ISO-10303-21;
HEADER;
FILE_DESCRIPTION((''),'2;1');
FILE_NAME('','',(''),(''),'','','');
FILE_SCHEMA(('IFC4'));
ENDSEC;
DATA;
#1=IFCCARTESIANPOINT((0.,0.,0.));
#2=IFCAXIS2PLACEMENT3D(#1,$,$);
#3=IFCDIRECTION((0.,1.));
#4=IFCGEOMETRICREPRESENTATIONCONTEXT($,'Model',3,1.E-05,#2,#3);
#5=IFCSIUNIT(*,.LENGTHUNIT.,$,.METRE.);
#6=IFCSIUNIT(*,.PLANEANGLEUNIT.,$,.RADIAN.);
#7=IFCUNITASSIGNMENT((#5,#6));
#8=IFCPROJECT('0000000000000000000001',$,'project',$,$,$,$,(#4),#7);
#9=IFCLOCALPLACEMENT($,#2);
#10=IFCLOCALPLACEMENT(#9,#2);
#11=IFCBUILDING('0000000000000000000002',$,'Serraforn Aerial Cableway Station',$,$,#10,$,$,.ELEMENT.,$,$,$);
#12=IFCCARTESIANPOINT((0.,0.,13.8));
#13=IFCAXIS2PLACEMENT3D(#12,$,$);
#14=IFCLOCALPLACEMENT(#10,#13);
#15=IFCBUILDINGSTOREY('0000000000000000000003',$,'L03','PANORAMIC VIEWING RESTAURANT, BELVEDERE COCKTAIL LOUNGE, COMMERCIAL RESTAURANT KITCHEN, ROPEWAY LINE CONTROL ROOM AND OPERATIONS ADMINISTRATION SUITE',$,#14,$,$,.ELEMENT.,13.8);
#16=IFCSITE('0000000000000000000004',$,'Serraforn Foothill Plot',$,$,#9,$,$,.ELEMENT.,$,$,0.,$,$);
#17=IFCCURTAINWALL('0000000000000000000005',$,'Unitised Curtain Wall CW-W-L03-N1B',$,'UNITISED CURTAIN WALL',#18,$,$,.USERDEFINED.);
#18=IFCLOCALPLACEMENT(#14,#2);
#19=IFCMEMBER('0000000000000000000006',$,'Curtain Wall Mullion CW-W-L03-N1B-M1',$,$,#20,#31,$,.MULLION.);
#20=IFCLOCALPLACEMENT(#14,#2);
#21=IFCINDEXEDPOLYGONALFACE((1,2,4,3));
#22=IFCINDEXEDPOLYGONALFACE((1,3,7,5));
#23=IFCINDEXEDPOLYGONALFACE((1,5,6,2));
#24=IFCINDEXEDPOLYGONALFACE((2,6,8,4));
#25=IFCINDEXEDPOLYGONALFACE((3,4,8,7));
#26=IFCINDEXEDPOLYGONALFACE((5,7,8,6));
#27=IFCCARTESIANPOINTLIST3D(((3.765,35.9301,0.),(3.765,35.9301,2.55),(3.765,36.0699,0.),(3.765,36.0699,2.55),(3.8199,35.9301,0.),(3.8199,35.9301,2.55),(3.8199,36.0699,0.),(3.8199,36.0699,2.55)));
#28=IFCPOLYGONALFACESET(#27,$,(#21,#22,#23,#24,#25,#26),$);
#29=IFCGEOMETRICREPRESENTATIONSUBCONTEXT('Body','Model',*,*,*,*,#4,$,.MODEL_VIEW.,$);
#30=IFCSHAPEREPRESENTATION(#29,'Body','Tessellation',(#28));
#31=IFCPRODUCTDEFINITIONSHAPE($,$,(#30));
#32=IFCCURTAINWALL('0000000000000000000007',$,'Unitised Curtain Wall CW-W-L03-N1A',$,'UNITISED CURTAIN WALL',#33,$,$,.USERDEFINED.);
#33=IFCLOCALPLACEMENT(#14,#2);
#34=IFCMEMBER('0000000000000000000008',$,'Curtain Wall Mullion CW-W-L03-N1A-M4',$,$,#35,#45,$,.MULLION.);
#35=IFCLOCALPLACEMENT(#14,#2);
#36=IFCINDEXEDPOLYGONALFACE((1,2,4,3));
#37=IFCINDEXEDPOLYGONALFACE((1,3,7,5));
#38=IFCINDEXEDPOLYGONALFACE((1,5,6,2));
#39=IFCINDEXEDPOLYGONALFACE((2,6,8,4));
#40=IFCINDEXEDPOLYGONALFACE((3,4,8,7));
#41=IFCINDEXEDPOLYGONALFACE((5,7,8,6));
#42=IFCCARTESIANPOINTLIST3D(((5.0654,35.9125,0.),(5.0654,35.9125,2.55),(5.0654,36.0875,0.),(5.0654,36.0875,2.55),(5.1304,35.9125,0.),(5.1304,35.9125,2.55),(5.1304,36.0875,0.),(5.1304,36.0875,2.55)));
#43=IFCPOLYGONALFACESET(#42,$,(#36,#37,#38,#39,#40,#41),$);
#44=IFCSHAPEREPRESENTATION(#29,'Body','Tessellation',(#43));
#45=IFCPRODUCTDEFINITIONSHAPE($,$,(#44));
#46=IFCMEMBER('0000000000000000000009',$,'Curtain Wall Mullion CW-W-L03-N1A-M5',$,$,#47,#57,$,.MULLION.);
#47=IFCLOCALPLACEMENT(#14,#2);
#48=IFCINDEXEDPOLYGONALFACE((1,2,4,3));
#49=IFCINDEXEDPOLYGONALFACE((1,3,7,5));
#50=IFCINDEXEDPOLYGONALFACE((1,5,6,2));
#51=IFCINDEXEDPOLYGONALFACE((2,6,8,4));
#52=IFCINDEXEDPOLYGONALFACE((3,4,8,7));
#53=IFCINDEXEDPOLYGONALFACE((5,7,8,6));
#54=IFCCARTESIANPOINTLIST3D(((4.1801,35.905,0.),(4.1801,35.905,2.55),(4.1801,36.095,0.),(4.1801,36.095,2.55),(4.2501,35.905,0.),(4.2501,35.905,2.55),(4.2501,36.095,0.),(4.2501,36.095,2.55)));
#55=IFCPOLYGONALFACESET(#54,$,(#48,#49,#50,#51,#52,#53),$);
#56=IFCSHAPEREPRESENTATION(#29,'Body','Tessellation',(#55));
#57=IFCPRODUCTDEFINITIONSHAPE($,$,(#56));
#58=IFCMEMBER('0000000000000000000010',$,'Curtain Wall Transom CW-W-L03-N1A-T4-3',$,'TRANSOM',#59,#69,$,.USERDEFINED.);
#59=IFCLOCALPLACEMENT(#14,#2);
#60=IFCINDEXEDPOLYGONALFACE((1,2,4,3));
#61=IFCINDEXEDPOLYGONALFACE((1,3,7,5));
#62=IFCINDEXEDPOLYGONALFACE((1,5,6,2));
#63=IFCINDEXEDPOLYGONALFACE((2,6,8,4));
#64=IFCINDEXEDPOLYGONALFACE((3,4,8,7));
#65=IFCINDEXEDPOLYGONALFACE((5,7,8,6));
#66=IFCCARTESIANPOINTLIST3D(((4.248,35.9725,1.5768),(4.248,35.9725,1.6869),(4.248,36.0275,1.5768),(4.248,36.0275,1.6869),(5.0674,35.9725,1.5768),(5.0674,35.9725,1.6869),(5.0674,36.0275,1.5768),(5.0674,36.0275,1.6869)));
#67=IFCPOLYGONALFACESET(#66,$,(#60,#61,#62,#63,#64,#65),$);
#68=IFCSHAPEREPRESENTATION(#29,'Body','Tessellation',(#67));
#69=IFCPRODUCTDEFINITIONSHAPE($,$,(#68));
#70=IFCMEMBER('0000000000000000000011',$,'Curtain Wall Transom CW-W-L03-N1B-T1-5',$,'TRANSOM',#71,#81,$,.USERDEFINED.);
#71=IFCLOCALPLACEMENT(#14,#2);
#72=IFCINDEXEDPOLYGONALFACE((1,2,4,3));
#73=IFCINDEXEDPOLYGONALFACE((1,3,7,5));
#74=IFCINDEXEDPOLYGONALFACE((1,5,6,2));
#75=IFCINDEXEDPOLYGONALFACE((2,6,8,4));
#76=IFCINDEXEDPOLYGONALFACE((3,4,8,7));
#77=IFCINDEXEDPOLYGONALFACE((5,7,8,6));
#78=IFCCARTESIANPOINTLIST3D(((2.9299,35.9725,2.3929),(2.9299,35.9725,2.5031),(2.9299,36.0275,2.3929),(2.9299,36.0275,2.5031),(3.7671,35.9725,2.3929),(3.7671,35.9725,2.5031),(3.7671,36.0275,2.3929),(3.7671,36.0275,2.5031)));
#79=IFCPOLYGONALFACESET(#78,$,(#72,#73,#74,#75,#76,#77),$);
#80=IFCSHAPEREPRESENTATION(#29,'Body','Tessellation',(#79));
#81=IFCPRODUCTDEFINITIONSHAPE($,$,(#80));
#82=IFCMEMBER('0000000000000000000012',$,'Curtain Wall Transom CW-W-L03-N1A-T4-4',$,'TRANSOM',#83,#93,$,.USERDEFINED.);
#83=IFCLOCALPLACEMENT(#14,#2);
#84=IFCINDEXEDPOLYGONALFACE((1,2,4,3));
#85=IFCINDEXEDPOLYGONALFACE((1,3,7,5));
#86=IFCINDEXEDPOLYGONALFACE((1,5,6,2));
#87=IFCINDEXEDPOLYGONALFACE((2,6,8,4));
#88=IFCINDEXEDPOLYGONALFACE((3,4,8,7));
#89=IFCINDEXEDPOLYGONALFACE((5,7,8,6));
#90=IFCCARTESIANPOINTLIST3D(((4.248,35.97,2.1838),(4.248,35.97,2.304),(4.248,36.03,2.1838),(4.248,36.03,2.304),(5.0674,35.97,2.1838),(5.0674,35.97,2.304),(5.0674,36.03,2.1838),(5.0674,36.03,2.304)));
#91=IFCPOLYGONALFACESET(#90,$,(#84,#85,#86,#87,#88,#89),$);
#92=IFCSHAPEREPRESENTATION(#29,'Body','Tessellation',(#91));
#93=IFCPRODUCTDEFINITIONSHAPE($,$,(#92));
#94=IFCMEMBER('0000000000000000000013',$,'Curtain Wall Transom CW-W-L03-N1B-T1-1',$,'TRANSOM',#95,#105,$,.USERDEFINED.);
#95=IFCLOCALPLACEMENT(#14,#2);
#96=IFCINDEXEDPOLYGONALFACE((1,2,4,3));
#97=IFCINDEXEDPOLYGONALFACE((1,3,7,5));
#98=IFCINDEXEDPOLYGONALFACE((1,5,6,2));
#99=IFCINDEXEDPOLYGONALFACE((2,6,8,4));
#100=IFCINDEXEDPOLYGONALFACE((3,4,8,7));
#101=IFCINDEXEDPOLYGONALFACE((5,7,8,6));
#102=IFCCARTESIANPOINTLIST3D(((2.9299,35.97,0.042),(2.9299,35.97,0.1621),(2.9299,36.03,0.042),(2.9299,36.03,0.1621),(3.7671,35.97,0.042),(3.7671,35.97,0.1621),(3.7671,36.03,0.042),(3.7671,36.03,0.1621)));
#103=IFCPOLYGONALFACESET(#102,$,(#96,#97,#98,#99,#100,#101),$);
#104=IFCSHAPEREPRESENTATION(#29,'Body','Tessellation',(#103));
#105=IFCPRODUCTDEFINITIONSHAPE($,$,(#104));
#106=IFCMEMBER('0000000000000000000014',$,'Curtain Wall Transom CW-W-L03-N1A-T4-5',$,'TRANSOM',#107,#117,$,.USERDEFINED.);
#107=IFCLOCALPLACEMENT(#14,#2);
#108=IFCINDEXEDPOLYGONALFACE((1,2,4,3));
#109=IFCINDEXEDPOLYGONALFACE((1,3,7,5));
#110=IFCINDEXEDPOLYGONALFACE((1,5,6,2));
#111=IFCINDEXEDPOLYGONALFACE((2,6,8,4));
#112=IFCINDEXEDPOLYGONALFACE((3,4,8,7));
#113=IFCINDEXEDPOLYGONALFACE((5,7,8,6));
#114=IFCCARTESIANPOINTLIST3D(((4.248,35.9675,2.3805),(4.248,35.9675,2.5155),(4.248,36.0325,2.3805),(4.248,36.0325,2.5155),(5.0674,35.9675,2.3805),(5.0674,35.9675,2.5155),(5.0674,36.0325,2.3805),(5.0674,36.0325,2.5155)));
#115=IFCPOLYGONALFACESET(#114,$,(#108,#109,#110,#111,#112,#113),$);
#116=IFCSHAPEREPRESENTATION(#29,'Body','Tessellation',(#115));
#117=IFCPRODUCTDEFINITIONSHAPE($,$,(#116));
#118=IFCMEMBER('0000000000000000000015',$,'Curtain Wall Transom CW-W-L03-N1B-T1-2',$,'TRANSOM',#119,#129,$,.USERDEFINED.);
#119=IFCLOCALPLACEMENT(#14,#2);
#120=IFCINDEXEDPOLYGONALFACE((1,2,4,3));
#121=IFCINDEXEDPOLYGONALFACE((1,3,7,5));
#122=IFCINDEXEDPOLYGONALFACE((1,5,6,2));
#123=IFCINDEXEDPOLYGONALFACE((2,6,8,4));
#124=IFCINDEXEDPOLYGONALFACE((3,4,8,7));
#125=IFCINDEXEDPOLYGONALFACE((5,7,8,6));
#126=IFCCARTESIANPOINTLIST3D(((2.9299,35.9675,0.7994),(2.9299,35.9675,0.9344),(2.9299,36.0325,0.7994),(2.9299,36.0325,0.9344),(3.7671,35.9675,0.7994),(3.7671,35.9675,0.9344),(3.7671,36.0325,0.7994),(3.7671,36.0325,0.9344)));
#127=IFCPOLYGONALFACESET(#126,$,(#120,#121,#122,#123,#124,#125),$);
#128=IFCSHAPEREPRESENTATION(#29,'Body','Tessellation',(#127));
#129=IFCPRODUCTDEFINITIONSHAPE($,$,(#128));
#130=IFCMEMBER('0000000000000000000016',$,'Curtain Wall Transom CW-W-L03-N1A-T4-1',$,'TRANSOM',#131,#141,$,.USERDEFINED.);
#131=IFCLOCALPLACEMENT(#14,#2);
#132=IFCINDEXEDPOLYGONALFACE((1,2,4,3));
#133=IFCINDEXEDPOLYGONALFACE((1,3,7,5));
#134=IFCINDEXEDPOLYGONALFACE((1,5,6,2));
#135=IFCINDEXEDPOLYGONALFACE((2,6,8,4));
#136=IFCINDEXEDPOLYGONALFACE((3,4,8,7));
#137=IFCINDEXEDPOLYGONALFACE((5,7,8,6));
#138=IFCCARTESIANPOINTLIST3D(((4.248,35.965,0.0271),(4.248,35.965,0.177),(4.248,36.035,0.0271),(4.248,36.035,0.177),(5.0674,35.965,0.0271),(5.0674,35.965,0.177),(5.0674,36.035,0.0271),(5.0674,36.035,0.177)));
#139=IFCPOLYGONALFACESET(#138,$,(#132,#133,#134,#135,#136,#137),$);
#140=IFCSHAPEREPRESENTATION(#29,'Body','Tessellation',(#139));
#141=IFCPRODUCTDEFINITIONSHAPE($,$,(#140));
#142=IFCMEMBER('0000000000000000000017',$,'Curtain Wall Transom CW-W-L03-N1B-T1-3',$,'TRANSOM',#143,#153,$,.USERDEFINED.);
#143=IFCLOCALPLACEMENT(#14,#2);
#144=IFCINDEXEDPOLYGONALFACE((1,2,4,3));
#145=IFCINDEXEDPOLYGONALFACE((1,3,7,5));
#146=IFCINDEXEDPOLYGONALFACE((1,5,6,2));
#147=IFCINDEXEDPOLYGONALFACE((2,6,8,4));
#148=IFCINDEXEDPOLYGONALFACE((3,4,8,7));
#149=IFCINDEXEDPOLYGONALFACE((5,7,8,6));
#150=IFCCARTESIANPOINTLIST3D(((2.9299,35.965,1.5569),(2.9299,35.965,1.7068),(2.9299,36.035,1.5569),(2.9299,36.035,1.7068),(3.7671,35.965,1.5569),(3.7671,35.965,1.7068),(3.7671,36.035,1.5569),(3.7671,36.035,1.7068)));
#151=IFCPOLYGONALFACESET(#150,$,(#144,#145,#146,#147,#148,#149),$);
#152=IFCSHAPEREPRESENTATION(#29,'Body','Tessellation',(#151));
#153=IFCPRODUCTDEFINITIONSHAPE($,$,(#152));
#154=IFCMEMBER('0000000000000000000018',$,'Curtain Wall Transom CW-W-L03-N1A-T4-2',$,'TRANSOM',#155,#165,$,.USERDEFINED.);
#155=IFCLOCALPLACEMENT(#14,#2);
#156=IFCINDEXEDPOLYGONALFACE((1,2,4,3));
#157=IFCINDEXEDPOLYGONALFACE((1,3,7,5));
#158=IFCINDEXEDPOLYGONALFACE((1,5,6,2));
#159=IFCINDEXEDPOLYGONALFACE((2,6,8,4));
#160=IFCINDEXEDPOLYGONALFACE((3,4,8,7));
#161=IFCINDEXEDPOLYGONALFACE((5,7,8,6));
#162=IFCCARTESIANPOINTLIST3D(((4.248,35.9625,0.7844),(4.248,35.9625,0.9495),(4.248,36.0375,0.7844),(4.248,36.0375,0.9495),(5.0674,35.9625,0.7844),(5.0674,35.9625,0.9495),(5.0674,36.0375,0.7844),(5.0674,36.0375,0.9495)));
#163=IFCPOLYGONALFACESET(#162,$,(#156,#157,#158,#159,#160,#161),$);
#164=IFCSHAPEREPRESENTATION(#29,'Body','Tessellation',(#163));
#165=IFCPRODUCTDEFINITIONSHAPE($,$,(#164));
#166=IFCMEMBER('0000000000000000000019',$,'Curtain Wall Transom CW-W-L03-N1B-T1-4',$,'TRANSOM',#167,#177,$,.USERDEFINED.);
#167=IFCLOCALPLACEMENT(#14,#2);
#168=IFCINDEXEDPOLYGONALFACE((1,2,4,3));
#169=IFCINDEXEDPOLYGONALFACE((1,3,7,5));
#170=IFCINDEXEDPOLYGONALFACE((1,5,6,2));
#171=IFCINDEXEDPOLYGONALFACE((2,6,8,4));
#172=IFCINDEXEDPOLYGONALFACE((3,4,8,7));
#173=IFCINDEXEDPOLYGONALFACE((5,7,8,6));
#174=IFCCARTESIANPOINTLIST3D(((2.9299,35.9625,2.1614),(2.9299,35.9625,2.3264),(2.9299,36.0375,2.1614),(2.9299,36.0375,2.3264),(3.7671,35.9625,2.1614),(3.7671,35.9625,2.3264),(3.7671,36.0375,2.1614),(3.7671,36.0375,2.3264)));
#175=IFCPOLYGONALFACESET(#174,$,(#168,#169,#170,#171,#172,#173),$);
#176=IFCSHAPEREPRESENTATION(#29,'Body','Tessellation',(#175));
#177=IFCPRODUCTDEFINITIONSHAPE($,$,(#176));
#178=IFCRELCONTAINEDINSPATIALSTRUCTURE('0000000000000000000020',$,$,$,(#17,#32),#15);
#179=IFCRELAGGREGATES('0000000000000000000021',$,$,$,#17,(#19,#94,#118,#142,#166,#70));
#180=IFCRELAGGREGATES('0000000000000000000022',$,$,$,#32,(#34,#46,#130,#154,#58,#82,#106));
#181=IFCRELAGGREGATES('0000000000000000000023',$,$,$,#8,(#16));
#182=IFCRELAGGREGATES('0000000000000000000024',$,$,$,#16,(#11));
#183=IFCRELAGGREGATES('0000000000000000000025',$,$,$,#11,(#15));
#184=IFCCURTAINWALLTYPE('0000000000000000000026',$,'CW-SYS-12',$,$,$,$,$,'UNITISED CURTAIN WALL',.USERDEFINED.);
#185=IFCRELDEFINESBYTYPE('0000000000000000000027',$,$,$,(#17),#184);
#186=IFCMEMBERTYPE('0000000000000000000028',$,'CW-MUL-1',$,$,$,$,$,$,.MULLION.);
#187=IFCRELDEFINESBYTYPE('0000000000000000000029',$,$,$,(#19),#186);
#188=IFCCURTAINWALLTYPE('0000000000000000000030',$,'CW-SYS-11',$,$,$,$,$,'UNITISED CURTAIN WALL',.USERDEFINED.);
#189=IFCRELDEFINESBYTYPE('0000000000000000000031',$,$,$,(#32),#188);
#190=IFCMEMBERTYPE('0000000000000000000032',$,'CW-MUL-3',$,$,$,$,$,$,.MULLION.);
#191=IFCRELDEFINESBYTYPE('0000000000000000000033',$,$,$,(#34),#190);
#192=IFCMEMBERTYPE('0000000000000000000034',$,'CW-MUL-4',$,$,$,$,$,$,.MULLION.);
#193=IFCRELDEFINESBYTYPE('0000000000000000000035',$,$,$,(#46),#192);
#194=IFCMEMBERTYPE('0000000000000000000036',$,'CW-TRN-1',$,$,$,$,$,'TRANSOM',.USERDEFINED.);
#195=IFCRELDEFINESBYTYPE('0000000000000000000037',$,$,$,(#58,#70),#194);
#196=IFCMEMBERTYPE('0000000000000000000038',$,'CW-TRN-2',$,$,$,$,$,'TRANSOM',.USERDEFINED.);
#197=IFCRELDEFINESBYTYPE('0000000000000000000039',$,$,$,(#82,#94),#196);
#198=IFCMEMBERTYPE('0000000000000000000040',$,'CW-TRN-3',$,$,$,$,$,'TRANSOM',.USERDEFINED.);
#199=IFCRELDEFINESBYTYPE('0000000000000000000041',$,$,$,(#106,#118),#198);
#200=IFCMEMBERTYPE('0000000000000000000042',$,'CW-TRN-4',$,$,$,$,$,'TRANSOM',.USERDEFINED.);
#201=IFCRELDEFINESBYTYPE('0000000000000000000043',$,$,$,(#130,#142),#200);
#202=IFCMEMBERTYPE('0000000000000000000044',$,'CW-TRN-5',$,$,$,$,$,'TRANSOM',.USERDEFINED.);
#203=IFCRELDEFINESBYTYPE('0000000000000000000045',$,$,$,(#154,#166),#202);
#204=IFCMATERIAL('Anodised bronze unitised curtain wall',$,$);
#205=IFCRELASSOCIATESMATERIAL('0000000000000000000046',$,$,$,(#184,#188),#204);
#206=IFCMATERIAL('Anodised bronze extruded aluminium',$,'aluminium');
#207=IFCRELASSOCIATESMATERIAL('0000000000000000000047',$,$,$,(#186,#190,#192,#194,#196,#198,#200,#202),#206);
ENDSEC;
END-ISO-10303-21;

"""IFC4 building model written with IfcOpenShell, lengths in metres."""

from ifc_helpers import new_model, si_unit, direction, frame, origin, origin_2d, place, context, subcontext, project, spatial, rectangle, extrude, material, material_profile, profile_set, type_object, element, aggregate, save


model = new_model("IFC4")

# Units and contexts
model_context = context("Model", 3, precision=1e-05, world=origin(), true_north=direction((0.0, 1.0)))
body_context = subcontext(model_context, "Body", "Model", "MODEL_VIEW")
ifc_project = project(units=[si_unit("LENGTHUNIT", "METRE"), si_unit("PLANEANGLEUNIT", "RADIAN")], contexts=[model_context])

# Site, building, storey
site_placement = place(None, origin())
site = spatial("IfcSite", under=ifc_project, at=site_placement, Name="Serraforn Foothill Plot", CompositionType="ELEMENT", RefElevation=0.0)
building_placement = place(site_placement, origin())
building = spatial("IfcBuilding", under=site, at=building_placement, Name="Serraforn Aerial Cableway Station", CompositionType="ELEMENT")
storey_placement = place(building_placement, frame((0.0, 0.0, 13.8)))
storey = spatial("IfcBuildingStorey", under=building, at=storey_placement, Name="L03", Description="PANORAMIC VIEWING RESTAURANT, BELVEDERE COCKTAIL LOUNGE, COMMERCIAL RESTAURANT KITCHEN, ROPEWAY LINE CONTROL ROOM AND OPERATIONS ADMINISTRATION SUITE", CompositionType="ELEMENT", Elevation=13.8)

# Curtain wall, member
ifc_material_1 = material(Name="Anodised bronze unitised curtain wall")
curtain_wall_type_1 = type_object("IfcCurtainWallType", Name="CW-SYS-12", ElementType="UNITISED CURTAIN WALL", PredefinedType="USERDEFINED", material=ifc_material_1)
curtain_wall_1_placement = place(storey_placement, origin())
curtain_wall_1 = element("IfcCurtainWall", 1, at=curtain_wall_1_placement, inside=storey, type_object=curtain_wall_type_1, Name="Unitised Curtain Wall CW-W-L03-N1B", ObjectType="UNITISED CURTAIN WALL", PredefinedType="USERDEFINED")
ifc_material_2 = material(Name="Anodised bronze extruded aluminium", Category="aluminium")
ifc_material_profile_1 = material_profile(ifc_material_2, rectangle(XDim=0.0549, YDim=0.1399, at=origin_2d()), Name="CW MULLION 55x140")
ifc_profile_set_1 = profile_set([ifc_material_profile_1], Name="Anodised bronze extruded aluminium")
member_type_1 = type_object("IfcMemberType", Name="CW-MUL-1", PredefinedType="MULLION", material=ifc_profile_set_1)
member_1_placement = place(storey_placement, frame((3.7925, 36.0, 0.0), z_axis=(0.0, 0.0, 1.0), x_axis=(-1.0, 0.0, 0.0)))
member_1 = element("IfcMember", 2, at=member_1_placement, type_object=member_type_1, Name="Curtain Wall Mullion CW-W-L03-N1B-M1", PredefinedType="MULLION", context=body_context, shape_type="SweptSolid", body=[
    extrude(rectangle(XDim=0.0549, YDim=0.1399, at=origin_2d()), origin(), (0.0, 0.0, 1.0), 2.55),
])

# Curtain wall, members
curtain_wall_type_2 = type_object("IfcCurtainWallType", Name="CW-SYS-11", ElementType="UNITISED CURTAIN WALL", PredefinedType="USERDEFINED", material=ifc_material_1)
curtain_wall_2_placement = place(storey_placement, origin())
curtain_wall_2 = element("IfcCurtainWall", 3, at=curtain_wall_2_placement, inside=storey, type_object=curtain_wall_type_2, Name="Unitised Curtain Wall CW-W-L03-N1A", ObjectType="UNITISED CURTAIN WALL", PredefinedType="USERDEFINED")
ifc_material_profile_2 = material_profile(ifc_material_2, rectangle(XDim=0.0649, YDim=0.175, at=origin_2d()), Name="CW MULLION 65x175")
ifc_profile_set_2 = profile_set([ifc_material_profile_2], Name="Anodised bronze extruded aluminium")
member_type_2 = type_object("IfcMemberType", Name="CW-MUL-3", PredefinedType="MULLION", material=ifc_profile_set_2)
member_2_placement = place(storey_placement, frame((5.0979, 36.0, 0.0), z_axis=(0.0, 0.0, 1.0), x_axis=(-1.0, 0.0, 0.0)))
member_2 = element("IfcMember", 4, at=member_2_placement, type_object=member_type_2, Name="Curtain Wall Mullion CW-W-L03-N1A-M4", PredefinedType="MULLION", context=body_context, shape_type="SweptSolid", body=[
    extrude(rectangle(XDim=0.0649, YDim=0.175, at=origin_2d()), origin(), (0.0, 0.0, 1.0), 2.55),
])
ifc_material_profile_3 = material_profile(ifc_material_2, rectangle(XDim=0.0701, YDim=0.1899, at=origin_2d()), Name="CW MULLION 70x190")
ifc_profile_set_3 = profile_set([ifc_material_profile_3], Name="Anodised bronze extruded aluminium")
member_type_3 = type_object("IfcMemberType", Name="CW-MUL-4", PredefinedType="MULLION", material=ifc_profile_set_3)
member_3_placement = place(storey_placement, frame((4.2151, 36.0, 0.0), z_axis=(0.0, 0.0, 1.0), x_axis=(-1.0, 0.0, 0.0)))
member_3 = element("IfcMember", 5, at=member_3_placement, type_object=member_type_3, Name="Curtain Wall Mullion CW-W-L03-N1A-M5", PredefinedType="MULLION", context=body_context, shape_type="SweptSolid", body=[
    extrude(rectangle(XDim=0.0701, YDim=0.1899, at=origin_2d()), origin(), (0.0, 0.0, 1.0), 2.55),
])
ifc_material_profile_4 = material_profile(ifc_material_2, rectangle(XDim=0.0549, YDim=0.1101, at=origin_2d()), Name="CW TRANSOM 55x110")
ifc_profile_set_4 = profile_set([ifc_material_profile_4], Name="Anodised bronze extruded aluminium")
member_type_4 = type_object("IfcMemberType", Name="CW-TRN-1", ElementType="TRANSOM", PredefinedType="USERDEFINED", material=ifc_profile_set_4)
member_4_placement = place(storey_placement, frame((5.0674, 36.0, 1.6318), z_axis=(-1.0, 0.0, 0.0), x_axis=(0.0, -1.0, 0.0)))
member_4 = element("IfcMember", 6, at=member_4_placement, type_object=member_type_4, Name="Curtain Wall Transom CW-W-L03-N1A-T4-3", ObjectType="TRANSOM", PredefinedType="USERDEFINED", context=body_context, shape_type="SweptSolid", body=[
    extrude(rectangle(XDim=0.0549, YDim=0.1101, at=origin_2d()), origin(), (0.0, 0.0, 1.0), 0.8193),
])

# Members
member_5_placement = place(storey_placement, frame((3.7671, 36.0, 2.448), z_axis=(-1.0, 0.0, 0.0), x_axis=(0.0, -1.0, 0.0)))
member_5 = element("IfcMember", 7, at=member_5_placement, type_object=member_type_4, Name="Curtain Wall Transom CW-W-L03-N1B-T1-5", ObjectType="TRANSOM", PredefinedType="USERDEFINED", context=body_context, shape_type="SweptSolid", body=[
    extrude(rectangle(XDim=0.0549, YDim=0.1101, at=origin_2d()), origin(), (0.0, 0.0, 1.0), 0.8372),
])
ifc_material_profile_5 = material_profile(ifc_material_2, rectangle(XDim=0.0601, YDim=0.1201, at=origin_2d()), Name="CW TRANSOM 60x120")
ifc_profile_set_5 = profile_set([ifc_material_profile_5], Name="Anodised bronze extruded aluminium")
member_type_5 = type_object("IfcMemberType", Name="CW-TRN-2", ElementType="TRANSOM", PredefinedType="USERDEFINED", material=ifc_profile_set_5)
member_6_placement = place(storey_placement, frame((5.0674, 36.0, 2.2439), z_axis=(-1.0, 0.0, 0.0), x_axis=(0.0, -1.0, 0.0)))
member_6 = element("IfcMember", 8, at=member_6_placement, type_object=member_type_5, Name="Curtain Wall Transom CW-W-L03-N1A-T4-4", ObjectType="TRANSOM", PredefinedType="USERDEFINED", context=body_context, shape_type="SweptSolid", body=[
    extrude(rectangle(XDim=0.0601, YDim=0.1201, at=origin_2d()), origin(), (0.0, 0.0, 1.0), 0.8193),
])
member_7_placement = place(storey_placement, frame((3.7671, 36.0, 0.1021), z_axis=(-1.0, 0.0, 0.0), x_axis=(0.0, -1.0, 0.0)))
member_7 = element("IfcMember", 9, at=member_7_placement, type_object=member_type_5, Name="Curtain Wall Transom CW-W-L03-N1B-T1-1", ObjectType="TRANSOM", PredefinedType="USERDEFINED", context=body_context, shape_type="SweptSolid", body=[
    extrude(rectangle(XDim=0.0601, YDim=0.1201, at=origin_2d()), origin(), (0.0, 0.0, 1.0), 0.8372),
])
ifc_material_profile_6 = material_profile(ifc_material_2, rectangle(XDim=0.0649, YDim=0.135, at=origin_2d()), Name="CW TRANSOM 65x135")
ifc_profile_set_6 = profile_set([ifc_material_profile_6], Name="Anodised bronze extruded aluminium")
member_type_6 = type_object("IfcMemberType", Name="CW-TRN-3", ElementType="TRANSOM", PredefinedType="USERDEFINED", material=ifc_profile_set_6)
member_8_placement = place(storey_placement, frame((5.0674, 36.0, 2.448), z_axis=(-1.0, 0.0, 0.0), x_axis=(0.0, -1.0, 0.0)))
member_8 = element("IfcMember", 10, at=member_8_placement, type_object=member_type_6, Name="Curtain Wall Transom CW-W-L03-N1A-T4-5", ObjectType="TRANSOM", PredefinedType="USERDEFINED", context=body_context, shape_type="SweptSolid", body=[
    extrude(rectangle(XDim=0.0649, YDim=0.135, at=origin_2d()), origin(), (0.0, 0.0, 1.0), 0.8193),
])
member_9_placement = place(storey_placement, frame((3.7671, 36.0, 0.8669), z_axis=(-1.0, 0.0, 0.0), x_axis=(0.0, -1.0, 0.0)))
member_9 = element("IfcMember", 11, at=member_9_placement, type_object=member_type_6, Name="Curtain Wall Transom CW-W-L03-N1B-T1-2", ObjectType="TRANSOM", PredefinedType="USERDEFINED", context=body_context, shape_type="SweptSolid", body=[
    extrude(rectangle(XDim=0.0649, YDim=0.135, at=origin_2d()), origin(), (0.0, 0.0, 1.0), 0.8372),
])
ifc_material_profile_7 = material_profile(ifc_material_2, rectangle(XDim=0.0701, YDim=0.1499, at=origin_2d()), Name="CW TRANSOM 70x150")
ifc_profile_set_7 = profile_set([ifc_material_profile_7], Name="Anodised bronze extruded aluminium")
member_type_7 = type_object("IfcMemberType", Name="CW-TRN-4", ElementType="TRANSOM", PredefinedType="USERDEFINED", material=ifc_profile_set_7)
member_10_placement = place(storey_placement, frame((5.0674, 36.0, 0.1021), z_axis=(-1.0, 0.0, 0.0), x_axis=(0.0, -1.0, 0.0)))
member_10 = element("IfcMember", 12, at=member_10_placement, type_object=member_type_7, Name="Curtain Wall Transom CW-W-L03-N1A-T4-1", ObjectType="TRANSOM", PredefinedType="USERDEFINED", context=body_context, shape_type="SweptSolid", body=[
    extrude(rectangle(XDim=0.0701, YDim=0.1499, at=origin_2d()), origin(), (0.0, 0.0, 1.0), 0.8193),
])
member_11_placement = place(storey_placement, frame((3.7671, 36.0, 1.6318), z_axis=(-1.0, 0.0, 0.0), x_axis=(0.0, -1.0, 0.0)))
member_11 = element("IfcMember", 13, at=member_11_placement, type_object=member_type_7, Name="Curtain Wall Transom CW-W-L03-N1B-T1-3", ObjectType="TRANSOM", PredefinedType="USERDEFINED", context=body_context, shape_type="SweptSolid", body=[
    extrude(rectangle(XDim=0.0701, YDim=0.1499, at=origin_2d()), origin(), (0.0, 0.0, 1.0), 0.8372),
])
ifc_material_profile_8 = material_profile(ifc_material_2, rectangle(XDim=0.075, YDim=0.165, at=origin_2d()), Name="CW TRANSOM 75x165")
ifc_profile_set_8 = profile_set([ifc_material_profile_8], Name="Anodised bronze extruded aluminium")
member_type_8 = type_object("IfcMemberType", Name="CW-TRN-5", ElementType="TRANSOM", PredefinedType="USERDEFINED", material=ifc_profile_set_8)
member_12_placement = place(storey_placement, frame((5.0674, 36.0, 0.8669), z_axis=(-1.0, 0.0, 0.0), x_axis=(0.0, -1.0, 0.0)))
member_12 = element("IfcMember", 14, at=member_12_placement, type_object=member_type_8, Name="Curtain Wall Transom CW-W-L03-N1A-T4-2", ObjectType="TRANSOM", PredefinedType="USERDEFINED", context=body_context, shape_type="SweptSolid", body=[
    extrude(rectangle(XDim=0.075, YDim=0.165, at=origin_2d()), origin(), (0.0, 0.0, 1.0), 0.8193),
])
member_13_placement = place(storey_placement, frame((3.7671, 36.0, 2.2439), z_axis=(-1.0, 0.0, 0.0), x_axis=(0.0, -1.0, 0.0)))
member_13 = element("IfcMember", 15, at=member_13_placement, type_object=member_type_8, Name="Curtain Wall Transom CW-W-L03-N1B-T1-4", ObjectType="TRANSOM", PredefinedType="USERDEFINED", context=body_context, shape_type="SweptSolid", body=[
    extrude(rectangle(XDim=0.075, YDim=0.165, at=origin_2d()), origin(), (0.0, 0.0, 1.0), 0.8372),
])

aggregate(curtain_wall_1, [member_1, member_7, member_9, member_11, member_13, member_5])
aggregate(curtain_wall_2, [member_2, member_3, member_10, member_12, member_4, member_6, member_8])

save(model, "model.ifc")
